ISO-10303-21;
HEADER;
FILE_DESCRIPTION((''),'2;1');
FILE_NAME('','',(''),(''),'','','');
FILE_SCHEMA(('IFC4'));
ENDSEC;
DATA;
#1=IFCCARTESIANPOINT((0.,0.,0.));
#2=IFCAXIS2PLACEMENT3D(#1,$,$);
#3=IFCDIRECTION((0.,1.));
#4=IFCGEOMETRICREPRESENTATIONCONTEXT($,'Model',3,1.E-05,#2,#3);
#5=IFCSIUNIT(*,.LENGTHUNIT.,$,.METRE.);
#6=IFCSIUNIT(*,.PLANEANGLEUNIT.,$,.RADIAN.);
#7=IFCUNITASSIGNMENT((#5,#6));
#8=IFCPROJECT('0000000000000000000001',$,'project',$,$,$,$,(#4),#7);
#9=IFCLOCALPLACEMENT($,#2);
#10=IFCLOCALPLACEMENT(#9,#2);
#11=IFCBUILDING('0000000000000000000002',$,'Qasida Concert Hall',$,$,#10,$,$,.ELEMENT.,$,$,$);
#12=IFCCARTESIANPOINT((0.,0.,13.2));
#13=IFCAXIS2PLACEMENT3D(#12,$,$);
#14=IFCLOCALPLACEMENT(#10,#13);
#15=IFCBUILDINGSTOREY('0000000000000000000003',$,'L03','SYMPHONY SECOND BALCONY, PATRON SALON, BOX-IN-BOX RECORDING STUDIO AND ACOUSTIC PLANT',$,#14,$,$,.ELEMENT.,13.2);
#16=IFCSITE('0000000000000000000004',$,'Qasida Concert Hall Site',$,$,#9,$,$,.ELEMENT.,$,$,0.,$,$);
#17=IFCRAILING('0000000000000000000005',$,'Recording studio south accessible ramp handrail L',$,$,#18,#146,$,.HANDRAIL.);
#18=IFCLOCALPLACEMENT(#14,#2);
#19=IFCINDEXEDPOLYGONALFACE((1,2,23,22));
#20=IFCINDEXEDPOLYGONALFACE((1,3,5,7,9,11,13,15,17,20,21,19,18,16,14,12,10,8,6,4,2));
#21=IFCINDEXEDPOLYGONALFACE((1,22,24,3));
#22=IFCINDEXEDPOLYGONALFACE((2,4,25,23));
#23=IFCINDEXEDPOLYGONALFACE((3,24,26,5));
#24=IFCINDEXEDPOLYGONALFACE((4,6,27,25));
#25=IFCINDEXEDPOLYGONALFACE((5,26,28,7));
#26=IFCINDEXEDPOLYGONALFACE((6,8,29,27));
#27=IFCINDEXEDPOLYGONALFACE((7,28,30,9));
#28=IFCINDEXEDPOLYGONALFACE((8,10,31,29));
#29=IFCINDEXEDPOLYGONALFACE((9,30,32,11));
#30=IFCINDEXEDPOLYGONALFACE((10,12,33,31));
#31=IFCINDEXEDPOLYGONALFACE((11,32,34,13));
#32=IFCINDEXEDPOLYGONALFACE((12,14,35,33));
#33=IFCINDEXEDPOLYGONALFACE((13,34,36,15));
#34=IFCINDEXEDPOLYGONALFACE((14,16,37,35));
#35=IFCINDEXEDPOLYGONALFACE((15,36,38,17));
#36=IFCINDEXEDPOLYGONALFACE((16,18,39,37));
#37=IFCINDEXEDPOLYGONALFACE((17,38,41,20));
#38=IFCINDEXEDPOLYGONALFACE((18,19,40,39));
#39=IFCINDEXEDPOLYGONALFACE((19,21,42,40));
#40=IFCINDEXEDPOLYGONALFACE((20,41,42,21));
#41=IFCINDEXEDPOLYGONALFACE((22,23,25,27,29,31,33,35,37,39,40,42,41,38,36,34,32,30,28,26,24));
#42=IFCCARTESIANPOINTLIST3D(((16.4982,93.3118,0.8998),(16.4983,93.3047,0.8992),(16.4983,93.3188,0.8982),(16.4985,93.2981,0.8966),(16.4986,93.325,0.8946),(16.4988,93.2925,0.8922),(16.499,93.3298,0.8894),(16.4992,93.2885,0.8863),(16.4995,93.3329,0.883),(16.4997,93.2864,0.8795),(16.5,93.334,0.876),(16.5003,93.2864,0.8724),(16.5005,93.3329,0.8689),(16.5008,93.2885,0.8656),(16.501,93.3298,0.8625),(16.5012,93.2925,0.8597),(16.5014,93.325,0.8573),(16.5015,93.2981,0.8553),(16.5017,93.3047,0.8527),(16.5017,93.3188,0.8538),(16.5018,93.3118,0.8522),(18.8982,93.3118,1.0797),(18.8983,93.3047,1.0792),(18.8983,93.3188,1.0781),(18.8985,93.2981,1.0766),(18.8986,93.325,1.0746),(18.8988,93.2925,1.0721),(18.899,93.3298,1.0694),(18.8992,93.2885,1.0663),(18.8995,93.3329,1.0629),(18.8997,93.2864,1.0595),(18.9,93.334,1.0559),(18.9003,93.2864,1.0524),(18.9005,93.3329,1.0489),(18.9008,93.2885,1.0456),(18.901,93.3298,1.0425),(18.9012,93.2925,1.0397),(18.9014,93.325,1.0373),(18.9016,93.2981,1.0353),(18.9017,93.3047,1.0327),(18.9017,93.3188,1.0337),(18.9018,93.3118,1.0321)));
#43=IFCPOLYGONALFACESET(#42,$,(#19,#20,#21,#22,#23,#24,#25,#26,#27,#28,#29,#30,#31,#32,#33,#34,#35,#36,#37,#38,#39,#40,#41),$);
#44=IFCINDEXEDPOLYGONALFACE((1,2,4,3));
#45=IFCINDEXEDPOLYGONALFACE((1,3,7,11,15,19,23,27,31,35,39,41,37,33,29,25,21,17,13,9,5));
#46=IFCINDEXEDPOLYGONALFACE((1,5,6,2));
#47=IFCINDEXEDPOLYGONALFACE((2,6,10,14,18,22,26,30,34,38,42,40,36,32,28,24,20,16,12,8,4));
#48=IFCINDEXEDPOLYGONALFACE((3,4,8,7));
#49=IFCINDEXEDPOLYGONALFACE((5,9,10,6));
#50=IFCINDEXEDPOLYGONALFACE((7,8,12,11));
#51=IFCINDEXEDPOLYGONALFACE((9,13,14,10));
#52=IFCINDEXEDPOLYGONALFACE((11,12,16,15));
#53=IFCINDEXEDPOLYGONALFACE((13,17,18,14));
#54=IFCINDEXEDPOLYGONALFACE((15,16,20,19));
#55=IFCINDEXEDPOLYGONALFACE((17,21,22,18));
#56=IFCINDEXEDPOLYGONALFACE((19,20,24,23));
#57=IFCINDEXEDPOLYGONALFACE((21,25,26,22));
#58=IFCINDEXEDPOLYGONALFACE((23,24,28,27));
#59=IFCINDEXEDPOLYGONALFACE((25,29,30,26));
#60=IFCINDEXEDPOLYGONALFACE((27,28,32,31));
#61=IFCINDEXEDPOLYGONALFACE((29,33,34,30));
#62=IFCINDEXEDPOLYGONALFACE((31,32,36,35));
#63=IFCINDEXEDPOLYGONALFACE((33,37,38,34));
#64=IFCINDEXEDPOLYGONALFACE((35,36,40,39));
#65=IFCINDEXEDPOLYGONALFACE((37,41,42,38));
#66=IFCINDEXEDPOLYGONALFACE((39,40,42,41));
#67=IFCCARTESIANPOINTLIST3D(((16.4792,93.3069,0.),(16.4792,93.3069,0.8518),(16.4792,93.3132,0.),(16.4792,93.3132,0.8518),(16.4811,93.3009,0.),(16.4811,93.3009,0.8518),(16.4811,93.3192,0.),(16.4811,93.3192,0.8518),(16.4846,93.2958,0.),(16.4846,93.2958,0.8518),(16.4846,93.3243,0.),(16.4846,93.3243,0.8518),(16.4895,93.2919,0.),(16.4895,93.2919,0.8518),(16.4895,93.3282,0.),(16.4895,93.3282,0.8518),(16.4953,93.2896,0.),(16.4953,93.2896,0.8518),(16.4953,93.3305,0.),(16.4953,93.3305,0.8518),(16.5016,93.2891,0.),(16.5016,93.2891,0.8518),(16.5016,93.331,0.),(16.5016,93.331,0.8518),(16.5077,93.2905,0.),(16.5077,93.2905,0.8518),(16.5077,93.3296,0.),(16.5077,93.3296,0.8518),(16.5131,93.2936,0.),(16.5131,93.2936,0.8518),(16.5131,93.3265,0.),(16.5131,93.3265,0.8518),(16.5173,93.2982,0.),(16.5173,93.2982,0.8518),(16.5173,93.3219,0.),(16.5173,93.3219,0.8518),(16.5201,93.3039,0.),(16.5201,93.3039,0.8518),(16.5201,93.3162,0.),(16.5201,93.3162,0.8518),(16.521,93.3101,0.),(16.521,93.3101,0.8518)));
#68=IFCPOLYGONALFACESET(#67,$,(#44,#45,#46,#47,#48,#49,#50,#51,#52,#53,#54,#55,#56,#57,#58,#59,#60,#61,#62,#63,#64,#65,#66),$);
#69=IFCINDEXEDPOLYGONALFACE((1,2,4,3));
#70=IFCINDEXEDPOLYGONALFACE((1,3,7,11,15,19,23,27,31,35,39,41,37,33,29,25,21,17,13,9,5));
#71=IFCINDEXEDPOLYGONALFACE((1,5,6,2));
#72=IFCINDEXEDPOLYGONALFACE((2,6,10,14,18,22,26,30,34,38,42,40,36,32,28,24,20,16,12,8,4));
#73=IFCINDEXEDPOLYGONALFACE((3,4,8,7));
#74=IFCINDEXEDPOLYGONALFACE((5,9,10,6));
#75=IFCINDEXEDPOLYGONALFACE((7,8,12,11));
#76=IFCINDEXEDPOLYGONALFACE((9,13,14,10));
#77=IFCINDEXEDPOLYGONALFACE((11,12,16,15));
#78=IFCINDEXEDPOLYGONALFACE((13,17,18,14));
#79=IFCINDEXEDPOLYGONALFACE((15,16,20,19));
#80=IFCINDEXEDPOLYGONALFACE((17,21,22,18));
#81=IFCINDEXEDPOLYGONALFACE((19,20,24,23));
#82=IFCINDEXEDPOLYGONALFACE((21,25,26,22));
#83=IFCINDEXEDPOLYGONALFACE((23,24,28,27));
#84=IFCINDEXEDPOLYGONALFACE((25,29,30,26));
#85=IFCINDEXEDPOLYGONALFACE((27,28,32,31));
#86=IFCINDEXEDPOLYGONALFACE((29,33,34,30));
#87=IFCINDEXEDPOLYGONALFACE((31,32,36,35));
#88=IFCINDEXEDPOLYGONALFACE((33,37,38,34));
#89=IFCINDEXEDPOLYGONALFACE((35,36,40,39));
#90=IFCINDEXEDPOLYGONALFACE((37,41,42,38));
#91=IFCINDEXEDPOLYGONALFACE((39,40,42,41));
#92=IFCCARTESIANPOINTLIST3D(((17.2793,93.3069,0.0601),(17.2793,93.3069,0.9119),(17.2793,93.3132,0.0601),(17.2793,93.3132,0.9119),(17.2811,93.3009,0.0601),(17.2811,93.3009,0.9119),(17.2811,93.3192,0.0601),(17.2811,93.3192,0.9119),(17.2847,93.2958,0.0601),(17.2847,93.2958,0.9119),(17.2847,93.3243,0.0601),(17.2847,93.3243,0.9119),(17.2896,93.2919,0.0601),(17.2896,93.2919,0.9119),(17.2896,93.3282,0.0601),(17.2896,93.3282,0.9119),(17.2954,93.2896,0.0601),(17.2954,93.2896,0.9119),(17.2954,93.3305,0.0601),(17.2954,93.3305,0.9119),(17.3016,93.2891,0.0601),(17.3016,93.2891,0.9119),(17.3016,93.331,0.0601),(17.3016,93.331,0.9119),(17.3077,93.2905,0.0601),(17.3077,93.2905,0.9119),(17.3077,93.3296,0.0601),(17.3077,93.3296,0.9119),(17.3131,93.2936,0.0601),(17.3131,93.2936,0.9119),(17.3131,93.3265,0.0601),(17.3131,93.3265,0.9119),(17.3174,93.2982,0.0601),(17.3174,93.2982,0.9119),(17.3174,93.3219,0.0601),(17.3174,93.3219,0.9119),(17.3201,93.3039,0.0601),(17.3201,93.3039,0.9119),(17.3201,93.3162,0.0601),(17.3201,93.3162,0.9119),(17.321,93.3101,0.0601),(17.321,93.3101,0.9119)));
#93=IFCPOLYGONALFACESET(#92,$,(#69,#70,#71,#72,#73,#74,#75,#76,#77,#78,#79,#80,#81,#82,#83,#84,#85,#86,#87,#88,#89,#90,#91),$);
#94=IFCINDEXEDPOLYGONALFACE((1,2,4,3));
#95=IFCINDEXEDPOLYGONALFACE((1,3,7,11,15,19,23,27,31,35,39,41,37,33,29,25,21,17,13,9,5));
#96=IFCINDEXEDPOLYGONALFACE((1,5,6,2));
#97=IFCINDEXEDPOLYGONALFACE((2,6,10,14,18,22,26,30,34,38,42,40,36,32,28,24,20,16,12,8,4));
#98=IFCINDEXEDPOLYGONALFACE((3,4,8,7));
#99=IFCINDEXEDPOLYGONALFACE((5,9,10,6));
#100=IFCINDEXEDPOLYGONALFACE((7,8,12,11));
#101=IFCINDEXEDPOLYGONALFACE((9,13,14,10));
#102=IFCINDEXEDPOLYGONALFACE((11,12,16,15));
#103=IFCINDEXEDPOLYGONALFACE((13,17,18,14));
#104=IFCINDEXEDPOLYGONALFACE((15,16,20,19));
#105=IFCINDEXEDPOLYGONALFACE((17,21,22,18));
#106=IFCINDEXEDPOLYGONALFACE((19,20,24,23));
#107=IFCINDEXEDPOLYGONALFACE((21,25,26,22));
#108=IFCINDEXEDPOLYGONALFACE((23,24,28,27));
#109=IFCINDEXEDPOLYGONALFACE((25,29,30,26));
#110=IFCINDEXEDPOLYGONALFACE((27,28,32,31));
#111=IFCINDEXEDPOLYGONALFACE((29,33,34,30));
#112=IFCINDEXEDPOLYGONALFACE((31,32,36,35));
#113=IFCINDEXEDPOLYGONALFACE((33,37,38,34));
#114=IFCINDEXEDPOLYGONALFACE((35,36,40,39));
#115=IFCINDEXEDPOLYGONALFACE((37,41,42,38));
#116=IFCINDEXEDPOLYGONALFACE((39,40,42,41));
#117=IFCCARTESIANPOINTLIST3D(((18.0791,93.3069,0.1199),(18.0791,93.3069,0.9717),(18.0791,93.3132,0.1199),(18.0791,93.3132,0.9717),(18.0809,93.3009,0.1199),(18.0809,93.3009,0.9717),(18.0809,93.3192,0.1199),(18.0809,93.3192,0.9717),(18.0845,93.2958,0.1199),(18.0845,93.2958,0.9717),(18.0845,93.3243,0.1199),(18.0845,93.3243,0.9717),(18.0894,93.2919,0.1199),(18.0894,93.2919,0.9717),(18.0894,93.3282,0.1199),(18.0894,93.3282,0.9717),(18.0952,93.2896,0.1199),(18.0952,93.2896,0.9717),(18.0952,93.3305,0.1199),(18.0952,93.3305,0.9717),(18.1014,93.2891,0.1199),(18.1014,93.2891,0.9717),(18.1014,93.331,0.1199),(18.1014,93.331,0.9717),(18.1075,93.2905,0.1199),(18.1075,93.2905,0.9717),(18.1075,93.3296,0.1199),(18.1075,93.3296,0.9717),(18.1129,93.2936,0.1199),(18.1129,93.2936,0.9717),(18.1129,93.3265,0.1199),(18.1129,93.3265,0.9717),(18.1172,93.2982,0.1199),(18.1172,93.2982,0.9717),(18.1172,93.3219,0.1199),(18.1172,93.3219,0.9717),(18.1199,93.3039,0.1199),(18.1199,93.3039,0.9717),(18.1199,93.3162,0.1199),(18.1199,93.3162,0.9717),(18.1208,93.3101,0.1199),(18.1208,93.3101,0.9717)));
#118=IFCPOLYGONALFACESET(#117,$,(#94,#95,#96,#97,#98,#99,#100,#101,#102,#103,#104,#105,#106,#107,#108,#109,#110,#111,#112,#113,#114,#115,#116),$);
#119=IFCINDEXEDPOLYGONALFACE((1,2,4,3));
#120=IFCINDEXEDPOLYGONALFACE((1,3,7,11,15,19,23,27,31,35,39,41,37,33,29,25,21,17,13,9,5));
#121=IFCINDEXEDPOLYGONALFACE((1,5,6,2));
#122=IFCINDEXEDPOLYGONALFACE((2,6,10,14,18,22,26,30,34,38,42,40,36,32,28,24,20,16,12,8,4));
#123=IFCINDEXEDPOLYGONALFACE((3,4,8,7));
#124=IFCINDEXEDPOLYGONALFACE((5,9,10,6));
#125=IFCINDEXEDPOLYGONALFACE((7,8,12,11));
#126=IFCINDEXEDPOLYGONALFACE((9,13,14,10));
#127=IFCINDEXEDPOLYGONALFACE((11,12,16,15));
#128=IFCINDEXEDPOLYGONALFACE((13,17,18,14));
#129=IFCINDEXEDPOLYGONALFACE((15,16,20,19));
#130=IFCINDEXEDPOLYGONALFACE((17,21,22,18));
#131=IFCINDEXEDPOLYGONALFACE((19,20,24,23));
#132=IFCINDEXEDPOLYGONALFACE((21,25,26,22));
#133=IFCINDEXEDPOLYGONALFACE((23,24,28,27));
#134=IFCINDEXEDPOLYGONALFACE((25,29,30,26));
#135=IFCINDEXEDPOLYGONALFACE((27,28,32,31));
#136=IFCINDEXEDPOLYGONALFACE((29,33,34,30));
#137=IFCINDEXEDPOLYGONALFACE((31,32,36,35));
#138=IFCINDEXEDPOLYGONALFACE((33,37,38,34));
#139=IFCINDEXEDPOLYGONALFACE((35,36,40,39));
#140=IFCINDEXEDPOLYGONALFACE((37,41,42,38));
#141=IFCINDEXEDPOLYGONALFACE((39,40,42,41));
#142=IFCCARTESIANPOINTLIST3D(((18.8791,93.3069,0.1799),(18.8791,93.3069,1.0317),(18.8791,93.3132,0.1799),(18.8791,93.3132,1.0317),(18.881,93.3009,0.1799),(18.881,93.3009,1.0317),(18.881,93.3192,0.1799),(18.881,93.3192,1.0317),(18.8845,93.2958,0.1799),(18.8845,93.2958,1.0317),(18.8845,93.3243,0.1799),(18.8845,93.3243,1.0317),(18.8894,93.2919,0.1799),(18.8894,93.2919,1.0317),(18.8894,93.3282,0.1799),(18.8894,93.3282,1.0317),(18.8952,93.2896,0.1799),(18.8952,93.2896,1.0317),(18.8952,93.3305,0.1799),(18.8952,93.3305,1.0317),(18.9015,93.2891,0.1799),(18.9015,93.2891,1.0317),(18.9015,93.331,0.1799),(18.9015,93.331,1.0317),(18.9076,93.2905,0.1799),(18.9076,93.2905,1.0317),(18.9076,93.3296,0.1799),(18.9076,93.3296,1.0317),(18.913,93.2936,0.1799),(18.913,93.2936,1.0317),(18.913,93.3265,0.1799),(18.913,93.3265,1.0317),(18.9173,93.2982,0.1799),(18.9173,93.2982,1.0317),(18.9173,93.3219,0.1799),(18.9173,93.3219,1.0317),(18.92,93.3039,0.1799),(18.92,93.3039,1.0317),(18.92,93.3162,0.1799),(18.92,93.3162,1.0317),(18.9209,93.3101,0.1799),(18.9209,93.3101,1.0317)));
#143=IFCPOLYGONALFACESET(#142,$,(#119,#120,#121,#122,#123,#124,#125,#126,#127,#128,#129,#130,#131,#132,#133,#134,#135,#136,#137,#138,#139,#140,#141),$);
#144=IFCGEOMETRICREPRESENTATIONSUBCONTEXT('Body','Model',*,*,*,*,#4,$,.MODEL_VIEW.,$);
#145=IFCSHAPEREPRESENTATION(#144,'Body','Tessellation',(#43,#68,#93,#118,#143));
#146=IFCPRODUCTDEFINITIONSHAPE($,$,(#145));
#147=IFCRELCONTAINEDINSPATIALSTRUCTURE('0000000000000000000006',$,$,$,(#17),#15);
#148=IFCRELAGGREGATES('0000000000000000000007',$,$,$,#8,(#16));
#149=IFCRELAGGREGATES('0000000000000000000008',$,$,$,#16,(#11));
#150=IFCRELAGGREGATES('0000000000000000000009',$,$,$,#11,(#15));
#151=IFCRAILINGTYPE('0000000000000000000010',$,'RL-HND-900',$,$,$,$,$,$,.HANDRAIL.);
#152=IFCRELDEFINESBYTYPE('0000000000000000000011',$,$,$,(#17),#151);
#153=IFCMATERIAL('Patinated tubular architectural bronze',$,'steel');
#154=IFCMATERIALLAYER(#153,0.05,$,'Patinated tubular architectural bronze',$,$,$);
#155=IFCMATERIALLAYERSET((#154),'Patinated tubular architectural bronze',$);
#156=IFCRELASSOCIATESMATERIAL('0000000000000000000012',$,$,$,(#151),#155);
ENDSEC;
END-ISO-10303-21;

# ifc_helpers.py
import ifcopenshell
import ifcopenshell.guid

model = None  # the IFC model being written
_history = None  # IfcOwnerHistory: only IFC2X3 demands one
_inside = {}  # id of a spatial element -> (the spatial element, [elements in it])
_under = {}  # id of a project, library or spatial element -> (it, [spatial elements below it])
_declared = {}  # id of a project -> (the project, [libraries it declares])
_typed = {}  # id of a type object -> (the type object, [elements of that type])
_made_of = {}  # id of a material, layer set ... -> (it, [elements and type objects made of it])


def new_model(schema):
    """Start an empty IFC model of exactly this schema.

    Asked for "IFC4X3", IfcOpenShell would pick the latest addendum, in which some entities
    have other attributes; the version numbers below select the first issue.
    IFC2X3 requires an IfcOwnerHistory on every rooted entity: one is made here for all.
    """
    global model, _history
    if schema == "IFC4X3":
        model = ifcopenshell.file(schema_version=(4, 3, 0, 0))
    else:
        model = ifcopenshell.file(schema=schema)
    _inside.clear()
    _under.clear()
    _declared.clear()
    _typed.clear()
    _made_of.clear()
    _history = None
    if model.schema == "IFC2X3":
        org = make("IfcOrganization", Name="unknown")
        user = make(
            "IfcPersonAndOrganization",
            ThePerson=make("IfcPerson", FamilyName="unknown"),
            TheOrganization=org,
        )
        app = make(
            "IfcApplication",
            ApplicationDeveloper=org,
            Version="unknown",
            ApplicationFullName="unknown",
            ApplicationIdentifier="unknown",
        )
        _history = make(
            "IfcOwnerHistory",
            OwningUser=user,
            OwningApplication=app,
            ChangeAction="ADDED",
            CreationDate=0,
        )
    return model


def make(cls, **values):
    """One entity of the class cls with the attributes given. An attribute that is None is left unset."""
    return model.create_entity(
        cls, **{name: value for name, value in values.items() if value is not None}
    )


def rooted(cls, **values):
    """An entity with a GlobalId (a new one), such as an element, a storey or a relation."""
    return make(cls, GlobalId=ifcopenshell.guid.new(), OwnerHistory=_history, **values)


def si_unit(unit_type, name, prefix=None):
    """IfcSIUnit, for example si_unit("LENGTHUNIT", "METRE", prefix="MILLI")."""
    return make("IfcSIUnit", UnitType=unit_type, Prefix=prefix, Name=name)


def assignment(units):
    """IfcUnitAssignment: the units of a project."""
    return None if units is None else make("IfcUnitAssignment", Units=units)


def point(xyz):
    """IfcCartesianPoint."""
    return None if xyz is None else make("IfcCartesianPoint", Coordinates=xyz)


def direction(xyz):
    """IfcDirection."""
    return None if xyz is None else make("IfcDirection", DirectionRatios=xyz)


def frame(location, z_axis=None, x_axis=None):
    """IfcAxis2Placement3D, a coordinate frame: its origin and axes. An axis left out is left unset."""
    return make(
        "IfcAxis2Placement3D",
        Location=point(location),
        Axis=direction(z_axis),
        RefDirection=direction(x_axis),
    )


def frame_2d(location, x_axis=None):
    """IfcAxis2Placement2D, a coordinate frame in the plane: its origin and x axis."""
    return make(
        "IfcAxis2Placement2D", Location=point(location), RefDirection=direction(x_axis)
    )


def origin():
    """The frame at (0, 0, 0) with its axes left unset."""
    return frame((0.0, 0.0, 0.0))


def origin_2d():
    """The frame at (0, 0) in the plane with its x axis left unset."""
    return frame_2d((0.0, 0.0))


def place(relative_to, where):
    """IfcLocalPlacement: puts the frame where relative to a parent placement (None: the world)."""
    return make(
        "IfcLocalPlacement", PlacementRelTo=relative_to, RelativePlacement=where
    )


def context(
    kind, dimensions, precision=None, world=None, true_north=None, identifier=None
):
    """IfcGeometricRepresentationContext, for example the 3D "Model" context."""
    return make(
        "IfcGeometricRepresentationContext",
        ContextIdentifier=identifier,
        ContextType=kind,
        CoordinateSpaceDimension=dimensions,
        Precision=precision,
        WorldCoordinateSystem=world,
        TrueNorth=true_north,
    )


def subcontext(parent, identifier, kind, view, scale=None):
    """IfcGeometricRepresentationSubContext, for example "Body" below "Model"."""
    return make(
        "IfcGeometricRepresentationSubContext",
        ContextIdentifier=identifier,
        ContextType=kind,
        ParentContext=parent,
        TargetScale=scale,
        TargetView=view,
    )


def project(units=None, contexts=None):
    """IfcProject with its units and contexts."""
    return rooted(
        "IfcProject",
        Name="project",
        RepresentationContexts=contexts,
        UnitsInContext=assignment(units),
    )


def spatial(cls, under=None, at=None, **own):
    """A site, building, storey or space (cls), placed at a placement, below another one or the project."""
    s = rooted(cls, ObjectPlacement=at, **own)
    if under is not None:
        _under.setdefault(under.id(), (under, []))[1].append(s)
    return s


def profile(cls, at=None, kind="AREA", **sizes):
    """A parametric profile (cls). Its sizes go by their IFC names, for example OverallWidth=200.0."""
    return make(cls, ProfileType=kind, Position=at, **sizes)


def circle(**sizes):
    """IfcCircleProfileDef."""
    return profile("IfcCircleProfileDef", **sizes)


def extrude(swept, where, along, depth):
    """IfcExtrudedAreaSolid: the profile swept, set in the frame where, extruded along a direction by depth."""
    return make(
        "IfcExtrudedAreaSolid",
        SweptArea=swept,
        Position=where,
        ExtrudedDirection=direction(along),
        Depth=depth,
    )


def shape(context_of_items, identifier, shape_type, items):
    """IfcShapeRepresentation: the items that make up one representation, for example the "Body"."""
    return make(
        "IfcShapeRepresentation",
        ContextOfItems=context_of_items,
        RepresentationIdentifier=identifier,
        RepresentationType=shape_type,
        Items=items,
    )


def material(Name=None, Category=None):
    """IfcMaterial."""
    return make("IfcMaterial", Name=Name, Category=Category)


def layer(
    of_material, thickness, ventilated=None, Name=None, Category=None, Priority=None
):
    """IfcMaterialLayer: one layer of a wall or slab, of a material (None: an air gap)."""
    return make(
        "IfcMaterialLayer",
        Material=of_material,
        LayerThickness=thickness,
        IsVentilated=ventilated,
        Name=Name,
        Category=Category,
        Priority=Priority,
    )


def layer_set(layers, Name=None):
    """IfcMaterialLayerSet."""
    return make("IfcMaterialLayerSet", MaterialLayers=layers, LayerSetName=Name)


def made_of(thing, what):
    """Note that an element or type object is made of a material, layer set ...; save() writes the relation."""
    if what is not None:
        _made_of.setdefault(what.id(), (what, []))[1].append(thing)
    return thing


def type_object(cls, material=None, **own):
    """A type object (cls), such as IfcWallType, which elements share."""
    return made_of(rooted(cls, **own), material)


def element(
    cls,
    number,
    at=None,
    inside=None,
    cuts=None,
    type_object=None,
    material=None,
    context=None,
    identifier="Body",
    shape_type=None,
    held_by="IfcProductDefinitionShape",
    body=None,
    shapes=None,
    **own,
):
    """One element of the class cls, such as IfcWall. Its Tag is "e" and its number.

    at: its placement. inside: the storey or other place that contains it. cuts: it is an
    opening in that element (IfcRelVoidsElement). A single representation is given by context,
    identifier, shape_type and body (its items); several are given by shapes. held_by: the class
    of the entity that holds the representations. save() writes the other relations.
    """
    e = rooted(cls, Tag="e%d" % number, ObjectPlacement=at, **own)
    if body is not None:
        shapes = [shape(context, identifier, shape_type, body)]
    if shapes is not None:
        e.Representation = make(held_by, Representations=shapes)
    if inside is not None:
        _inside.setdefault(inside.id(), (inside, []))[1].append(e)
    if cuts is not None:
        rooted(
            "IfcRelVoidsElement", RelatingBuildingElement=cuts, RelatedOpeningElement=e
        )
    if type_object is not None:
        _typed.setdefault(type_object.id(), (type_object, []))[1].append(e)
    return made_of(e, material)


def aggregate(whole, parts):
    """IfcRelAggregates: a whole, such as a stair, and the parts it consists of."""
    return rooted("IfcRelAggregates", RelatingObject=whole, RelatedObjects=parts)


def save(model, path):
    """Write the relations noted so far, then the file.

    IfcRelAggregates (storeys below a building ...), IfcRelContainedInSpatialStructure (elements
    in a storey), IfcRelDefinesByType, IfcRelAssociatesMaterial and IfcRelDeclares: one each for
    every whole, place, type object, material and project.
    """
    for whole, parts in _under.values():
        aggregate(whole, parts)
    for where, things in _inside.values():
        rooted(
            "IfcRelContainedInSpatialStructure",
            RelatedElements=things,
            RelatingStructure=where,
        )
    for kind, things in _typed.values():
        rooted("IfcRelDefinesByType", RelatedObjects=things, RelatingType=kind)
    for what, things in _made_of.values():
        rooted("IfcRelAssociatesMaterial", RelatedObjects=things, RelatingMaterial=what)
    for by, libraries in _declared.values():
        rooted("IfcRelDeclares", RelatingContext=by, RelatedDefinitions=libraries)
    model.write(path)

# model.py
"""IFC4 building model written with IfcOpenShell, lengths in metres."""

from ifc_helpers import new_model, si_unit, direction, frame, origin, origin_2d, place, context, subcontext, project, spatial, circle, extrude, material, layer, layer_set, type_object, element, save


model = new_model("IFC4")

# Units and contexts
model_context = context("Model", 3, precision=1e-05, world=origin(), true_north=direction((0.0, 1.0)))
body_context = subcontext(model_context, "Body", "Model", "MODEL_VIEW")
ifc_project = project(units=[si_unit("LENGTHUNIT", "METRE"), si_unit("PLANEANGLEUNIT", "RADIAN")], contexts=[model_context])

# Site, building, storey
site_placement = place(None, origin())
site = spatial("IfcSite", under=ifc_project, at=site_placement, Name="Qasida Concert Hall Site", CompositionType="ELEMENT", RefElevation=0.0)
building_placement = place(site_placement, origin())
building = spatial("IfcBuilding", under=site, at=building_placement, Name="Qasida Concert Hall", CompositionType="ELEMENT")
storey_placement = place(building_placement, frame((0.0, 0.0, 13.2)))
storey = spatial("IfcBuildingStorey", under=building, at=storey_placement, Name="L03", Description="SYMPHONY SECOND BALCONY, PATRON SALON, BOX-IN-BOX RECORDING STUDIO AND ACOUSTIC PLANT", CompositionType="ELEMENT", Elevation=13.2)

# Railing
ifc_material_1 = material(Name="Patinated tubular architectural bronze", Category="steel")
ifc_layer_1 = layer(ifc_material_1, 0.05, Name="Patinated tubular architectural bronze")
ifc_layer_set_1 = layer_set([ifc_layer_1], Name="Patinated tubular architectural bronze")
railing_type_1 = type_object("IfcRailingType", Name="RL-HND-900", PredefinedType="HANDRAIL", material=ifc_layer_set_1)
for number, where, name in (
    (1, (16.5, 93.3101, 0.0), "Recording studio south accessible ramp handrail L"),
):
    element("IfcRailing", number, at=place(storey_placement, frame(where)), inside=storey, type_object=railing_type_1, Name=name, PredefinedType="HANDRAIL", context=body_context, shape_type="SweptSolid", body=[
        extrude(circle(Radius=0.0239, at=origin_2d()), frame((0.0, 0.0, 0.876), z_axis=(0.997201, 0.0, 0.074765), x_axis=(0.0, 1.0, 0.0)), (0.0, 0.0, 1.0), 2.4067),
        extrude(circle(Radius=0.021, at=origin_2d()), origin(), (0.0, 0.0, 1.0), 0.8518),
        extrude(circle(Radius=0.021, at=origin_2d()), frame((0.8, 0.0, 0.0601)), (0.0, 0.0, 1.0), 0.8518),
        extrude(circle(Radius=0.021, at=origin_2d()), frame((1.5999, 0.0, 0.1199)), (0.0, 0.0, 1.0), 0.8518),
        extrude(circle(Radius=0.021, at=origin_2d()), frame((2.3999, 0.0, 0.1799)), (0.0, 0.0, 1.0), 0.8518),
    ])

save(model, "model.ifc")
